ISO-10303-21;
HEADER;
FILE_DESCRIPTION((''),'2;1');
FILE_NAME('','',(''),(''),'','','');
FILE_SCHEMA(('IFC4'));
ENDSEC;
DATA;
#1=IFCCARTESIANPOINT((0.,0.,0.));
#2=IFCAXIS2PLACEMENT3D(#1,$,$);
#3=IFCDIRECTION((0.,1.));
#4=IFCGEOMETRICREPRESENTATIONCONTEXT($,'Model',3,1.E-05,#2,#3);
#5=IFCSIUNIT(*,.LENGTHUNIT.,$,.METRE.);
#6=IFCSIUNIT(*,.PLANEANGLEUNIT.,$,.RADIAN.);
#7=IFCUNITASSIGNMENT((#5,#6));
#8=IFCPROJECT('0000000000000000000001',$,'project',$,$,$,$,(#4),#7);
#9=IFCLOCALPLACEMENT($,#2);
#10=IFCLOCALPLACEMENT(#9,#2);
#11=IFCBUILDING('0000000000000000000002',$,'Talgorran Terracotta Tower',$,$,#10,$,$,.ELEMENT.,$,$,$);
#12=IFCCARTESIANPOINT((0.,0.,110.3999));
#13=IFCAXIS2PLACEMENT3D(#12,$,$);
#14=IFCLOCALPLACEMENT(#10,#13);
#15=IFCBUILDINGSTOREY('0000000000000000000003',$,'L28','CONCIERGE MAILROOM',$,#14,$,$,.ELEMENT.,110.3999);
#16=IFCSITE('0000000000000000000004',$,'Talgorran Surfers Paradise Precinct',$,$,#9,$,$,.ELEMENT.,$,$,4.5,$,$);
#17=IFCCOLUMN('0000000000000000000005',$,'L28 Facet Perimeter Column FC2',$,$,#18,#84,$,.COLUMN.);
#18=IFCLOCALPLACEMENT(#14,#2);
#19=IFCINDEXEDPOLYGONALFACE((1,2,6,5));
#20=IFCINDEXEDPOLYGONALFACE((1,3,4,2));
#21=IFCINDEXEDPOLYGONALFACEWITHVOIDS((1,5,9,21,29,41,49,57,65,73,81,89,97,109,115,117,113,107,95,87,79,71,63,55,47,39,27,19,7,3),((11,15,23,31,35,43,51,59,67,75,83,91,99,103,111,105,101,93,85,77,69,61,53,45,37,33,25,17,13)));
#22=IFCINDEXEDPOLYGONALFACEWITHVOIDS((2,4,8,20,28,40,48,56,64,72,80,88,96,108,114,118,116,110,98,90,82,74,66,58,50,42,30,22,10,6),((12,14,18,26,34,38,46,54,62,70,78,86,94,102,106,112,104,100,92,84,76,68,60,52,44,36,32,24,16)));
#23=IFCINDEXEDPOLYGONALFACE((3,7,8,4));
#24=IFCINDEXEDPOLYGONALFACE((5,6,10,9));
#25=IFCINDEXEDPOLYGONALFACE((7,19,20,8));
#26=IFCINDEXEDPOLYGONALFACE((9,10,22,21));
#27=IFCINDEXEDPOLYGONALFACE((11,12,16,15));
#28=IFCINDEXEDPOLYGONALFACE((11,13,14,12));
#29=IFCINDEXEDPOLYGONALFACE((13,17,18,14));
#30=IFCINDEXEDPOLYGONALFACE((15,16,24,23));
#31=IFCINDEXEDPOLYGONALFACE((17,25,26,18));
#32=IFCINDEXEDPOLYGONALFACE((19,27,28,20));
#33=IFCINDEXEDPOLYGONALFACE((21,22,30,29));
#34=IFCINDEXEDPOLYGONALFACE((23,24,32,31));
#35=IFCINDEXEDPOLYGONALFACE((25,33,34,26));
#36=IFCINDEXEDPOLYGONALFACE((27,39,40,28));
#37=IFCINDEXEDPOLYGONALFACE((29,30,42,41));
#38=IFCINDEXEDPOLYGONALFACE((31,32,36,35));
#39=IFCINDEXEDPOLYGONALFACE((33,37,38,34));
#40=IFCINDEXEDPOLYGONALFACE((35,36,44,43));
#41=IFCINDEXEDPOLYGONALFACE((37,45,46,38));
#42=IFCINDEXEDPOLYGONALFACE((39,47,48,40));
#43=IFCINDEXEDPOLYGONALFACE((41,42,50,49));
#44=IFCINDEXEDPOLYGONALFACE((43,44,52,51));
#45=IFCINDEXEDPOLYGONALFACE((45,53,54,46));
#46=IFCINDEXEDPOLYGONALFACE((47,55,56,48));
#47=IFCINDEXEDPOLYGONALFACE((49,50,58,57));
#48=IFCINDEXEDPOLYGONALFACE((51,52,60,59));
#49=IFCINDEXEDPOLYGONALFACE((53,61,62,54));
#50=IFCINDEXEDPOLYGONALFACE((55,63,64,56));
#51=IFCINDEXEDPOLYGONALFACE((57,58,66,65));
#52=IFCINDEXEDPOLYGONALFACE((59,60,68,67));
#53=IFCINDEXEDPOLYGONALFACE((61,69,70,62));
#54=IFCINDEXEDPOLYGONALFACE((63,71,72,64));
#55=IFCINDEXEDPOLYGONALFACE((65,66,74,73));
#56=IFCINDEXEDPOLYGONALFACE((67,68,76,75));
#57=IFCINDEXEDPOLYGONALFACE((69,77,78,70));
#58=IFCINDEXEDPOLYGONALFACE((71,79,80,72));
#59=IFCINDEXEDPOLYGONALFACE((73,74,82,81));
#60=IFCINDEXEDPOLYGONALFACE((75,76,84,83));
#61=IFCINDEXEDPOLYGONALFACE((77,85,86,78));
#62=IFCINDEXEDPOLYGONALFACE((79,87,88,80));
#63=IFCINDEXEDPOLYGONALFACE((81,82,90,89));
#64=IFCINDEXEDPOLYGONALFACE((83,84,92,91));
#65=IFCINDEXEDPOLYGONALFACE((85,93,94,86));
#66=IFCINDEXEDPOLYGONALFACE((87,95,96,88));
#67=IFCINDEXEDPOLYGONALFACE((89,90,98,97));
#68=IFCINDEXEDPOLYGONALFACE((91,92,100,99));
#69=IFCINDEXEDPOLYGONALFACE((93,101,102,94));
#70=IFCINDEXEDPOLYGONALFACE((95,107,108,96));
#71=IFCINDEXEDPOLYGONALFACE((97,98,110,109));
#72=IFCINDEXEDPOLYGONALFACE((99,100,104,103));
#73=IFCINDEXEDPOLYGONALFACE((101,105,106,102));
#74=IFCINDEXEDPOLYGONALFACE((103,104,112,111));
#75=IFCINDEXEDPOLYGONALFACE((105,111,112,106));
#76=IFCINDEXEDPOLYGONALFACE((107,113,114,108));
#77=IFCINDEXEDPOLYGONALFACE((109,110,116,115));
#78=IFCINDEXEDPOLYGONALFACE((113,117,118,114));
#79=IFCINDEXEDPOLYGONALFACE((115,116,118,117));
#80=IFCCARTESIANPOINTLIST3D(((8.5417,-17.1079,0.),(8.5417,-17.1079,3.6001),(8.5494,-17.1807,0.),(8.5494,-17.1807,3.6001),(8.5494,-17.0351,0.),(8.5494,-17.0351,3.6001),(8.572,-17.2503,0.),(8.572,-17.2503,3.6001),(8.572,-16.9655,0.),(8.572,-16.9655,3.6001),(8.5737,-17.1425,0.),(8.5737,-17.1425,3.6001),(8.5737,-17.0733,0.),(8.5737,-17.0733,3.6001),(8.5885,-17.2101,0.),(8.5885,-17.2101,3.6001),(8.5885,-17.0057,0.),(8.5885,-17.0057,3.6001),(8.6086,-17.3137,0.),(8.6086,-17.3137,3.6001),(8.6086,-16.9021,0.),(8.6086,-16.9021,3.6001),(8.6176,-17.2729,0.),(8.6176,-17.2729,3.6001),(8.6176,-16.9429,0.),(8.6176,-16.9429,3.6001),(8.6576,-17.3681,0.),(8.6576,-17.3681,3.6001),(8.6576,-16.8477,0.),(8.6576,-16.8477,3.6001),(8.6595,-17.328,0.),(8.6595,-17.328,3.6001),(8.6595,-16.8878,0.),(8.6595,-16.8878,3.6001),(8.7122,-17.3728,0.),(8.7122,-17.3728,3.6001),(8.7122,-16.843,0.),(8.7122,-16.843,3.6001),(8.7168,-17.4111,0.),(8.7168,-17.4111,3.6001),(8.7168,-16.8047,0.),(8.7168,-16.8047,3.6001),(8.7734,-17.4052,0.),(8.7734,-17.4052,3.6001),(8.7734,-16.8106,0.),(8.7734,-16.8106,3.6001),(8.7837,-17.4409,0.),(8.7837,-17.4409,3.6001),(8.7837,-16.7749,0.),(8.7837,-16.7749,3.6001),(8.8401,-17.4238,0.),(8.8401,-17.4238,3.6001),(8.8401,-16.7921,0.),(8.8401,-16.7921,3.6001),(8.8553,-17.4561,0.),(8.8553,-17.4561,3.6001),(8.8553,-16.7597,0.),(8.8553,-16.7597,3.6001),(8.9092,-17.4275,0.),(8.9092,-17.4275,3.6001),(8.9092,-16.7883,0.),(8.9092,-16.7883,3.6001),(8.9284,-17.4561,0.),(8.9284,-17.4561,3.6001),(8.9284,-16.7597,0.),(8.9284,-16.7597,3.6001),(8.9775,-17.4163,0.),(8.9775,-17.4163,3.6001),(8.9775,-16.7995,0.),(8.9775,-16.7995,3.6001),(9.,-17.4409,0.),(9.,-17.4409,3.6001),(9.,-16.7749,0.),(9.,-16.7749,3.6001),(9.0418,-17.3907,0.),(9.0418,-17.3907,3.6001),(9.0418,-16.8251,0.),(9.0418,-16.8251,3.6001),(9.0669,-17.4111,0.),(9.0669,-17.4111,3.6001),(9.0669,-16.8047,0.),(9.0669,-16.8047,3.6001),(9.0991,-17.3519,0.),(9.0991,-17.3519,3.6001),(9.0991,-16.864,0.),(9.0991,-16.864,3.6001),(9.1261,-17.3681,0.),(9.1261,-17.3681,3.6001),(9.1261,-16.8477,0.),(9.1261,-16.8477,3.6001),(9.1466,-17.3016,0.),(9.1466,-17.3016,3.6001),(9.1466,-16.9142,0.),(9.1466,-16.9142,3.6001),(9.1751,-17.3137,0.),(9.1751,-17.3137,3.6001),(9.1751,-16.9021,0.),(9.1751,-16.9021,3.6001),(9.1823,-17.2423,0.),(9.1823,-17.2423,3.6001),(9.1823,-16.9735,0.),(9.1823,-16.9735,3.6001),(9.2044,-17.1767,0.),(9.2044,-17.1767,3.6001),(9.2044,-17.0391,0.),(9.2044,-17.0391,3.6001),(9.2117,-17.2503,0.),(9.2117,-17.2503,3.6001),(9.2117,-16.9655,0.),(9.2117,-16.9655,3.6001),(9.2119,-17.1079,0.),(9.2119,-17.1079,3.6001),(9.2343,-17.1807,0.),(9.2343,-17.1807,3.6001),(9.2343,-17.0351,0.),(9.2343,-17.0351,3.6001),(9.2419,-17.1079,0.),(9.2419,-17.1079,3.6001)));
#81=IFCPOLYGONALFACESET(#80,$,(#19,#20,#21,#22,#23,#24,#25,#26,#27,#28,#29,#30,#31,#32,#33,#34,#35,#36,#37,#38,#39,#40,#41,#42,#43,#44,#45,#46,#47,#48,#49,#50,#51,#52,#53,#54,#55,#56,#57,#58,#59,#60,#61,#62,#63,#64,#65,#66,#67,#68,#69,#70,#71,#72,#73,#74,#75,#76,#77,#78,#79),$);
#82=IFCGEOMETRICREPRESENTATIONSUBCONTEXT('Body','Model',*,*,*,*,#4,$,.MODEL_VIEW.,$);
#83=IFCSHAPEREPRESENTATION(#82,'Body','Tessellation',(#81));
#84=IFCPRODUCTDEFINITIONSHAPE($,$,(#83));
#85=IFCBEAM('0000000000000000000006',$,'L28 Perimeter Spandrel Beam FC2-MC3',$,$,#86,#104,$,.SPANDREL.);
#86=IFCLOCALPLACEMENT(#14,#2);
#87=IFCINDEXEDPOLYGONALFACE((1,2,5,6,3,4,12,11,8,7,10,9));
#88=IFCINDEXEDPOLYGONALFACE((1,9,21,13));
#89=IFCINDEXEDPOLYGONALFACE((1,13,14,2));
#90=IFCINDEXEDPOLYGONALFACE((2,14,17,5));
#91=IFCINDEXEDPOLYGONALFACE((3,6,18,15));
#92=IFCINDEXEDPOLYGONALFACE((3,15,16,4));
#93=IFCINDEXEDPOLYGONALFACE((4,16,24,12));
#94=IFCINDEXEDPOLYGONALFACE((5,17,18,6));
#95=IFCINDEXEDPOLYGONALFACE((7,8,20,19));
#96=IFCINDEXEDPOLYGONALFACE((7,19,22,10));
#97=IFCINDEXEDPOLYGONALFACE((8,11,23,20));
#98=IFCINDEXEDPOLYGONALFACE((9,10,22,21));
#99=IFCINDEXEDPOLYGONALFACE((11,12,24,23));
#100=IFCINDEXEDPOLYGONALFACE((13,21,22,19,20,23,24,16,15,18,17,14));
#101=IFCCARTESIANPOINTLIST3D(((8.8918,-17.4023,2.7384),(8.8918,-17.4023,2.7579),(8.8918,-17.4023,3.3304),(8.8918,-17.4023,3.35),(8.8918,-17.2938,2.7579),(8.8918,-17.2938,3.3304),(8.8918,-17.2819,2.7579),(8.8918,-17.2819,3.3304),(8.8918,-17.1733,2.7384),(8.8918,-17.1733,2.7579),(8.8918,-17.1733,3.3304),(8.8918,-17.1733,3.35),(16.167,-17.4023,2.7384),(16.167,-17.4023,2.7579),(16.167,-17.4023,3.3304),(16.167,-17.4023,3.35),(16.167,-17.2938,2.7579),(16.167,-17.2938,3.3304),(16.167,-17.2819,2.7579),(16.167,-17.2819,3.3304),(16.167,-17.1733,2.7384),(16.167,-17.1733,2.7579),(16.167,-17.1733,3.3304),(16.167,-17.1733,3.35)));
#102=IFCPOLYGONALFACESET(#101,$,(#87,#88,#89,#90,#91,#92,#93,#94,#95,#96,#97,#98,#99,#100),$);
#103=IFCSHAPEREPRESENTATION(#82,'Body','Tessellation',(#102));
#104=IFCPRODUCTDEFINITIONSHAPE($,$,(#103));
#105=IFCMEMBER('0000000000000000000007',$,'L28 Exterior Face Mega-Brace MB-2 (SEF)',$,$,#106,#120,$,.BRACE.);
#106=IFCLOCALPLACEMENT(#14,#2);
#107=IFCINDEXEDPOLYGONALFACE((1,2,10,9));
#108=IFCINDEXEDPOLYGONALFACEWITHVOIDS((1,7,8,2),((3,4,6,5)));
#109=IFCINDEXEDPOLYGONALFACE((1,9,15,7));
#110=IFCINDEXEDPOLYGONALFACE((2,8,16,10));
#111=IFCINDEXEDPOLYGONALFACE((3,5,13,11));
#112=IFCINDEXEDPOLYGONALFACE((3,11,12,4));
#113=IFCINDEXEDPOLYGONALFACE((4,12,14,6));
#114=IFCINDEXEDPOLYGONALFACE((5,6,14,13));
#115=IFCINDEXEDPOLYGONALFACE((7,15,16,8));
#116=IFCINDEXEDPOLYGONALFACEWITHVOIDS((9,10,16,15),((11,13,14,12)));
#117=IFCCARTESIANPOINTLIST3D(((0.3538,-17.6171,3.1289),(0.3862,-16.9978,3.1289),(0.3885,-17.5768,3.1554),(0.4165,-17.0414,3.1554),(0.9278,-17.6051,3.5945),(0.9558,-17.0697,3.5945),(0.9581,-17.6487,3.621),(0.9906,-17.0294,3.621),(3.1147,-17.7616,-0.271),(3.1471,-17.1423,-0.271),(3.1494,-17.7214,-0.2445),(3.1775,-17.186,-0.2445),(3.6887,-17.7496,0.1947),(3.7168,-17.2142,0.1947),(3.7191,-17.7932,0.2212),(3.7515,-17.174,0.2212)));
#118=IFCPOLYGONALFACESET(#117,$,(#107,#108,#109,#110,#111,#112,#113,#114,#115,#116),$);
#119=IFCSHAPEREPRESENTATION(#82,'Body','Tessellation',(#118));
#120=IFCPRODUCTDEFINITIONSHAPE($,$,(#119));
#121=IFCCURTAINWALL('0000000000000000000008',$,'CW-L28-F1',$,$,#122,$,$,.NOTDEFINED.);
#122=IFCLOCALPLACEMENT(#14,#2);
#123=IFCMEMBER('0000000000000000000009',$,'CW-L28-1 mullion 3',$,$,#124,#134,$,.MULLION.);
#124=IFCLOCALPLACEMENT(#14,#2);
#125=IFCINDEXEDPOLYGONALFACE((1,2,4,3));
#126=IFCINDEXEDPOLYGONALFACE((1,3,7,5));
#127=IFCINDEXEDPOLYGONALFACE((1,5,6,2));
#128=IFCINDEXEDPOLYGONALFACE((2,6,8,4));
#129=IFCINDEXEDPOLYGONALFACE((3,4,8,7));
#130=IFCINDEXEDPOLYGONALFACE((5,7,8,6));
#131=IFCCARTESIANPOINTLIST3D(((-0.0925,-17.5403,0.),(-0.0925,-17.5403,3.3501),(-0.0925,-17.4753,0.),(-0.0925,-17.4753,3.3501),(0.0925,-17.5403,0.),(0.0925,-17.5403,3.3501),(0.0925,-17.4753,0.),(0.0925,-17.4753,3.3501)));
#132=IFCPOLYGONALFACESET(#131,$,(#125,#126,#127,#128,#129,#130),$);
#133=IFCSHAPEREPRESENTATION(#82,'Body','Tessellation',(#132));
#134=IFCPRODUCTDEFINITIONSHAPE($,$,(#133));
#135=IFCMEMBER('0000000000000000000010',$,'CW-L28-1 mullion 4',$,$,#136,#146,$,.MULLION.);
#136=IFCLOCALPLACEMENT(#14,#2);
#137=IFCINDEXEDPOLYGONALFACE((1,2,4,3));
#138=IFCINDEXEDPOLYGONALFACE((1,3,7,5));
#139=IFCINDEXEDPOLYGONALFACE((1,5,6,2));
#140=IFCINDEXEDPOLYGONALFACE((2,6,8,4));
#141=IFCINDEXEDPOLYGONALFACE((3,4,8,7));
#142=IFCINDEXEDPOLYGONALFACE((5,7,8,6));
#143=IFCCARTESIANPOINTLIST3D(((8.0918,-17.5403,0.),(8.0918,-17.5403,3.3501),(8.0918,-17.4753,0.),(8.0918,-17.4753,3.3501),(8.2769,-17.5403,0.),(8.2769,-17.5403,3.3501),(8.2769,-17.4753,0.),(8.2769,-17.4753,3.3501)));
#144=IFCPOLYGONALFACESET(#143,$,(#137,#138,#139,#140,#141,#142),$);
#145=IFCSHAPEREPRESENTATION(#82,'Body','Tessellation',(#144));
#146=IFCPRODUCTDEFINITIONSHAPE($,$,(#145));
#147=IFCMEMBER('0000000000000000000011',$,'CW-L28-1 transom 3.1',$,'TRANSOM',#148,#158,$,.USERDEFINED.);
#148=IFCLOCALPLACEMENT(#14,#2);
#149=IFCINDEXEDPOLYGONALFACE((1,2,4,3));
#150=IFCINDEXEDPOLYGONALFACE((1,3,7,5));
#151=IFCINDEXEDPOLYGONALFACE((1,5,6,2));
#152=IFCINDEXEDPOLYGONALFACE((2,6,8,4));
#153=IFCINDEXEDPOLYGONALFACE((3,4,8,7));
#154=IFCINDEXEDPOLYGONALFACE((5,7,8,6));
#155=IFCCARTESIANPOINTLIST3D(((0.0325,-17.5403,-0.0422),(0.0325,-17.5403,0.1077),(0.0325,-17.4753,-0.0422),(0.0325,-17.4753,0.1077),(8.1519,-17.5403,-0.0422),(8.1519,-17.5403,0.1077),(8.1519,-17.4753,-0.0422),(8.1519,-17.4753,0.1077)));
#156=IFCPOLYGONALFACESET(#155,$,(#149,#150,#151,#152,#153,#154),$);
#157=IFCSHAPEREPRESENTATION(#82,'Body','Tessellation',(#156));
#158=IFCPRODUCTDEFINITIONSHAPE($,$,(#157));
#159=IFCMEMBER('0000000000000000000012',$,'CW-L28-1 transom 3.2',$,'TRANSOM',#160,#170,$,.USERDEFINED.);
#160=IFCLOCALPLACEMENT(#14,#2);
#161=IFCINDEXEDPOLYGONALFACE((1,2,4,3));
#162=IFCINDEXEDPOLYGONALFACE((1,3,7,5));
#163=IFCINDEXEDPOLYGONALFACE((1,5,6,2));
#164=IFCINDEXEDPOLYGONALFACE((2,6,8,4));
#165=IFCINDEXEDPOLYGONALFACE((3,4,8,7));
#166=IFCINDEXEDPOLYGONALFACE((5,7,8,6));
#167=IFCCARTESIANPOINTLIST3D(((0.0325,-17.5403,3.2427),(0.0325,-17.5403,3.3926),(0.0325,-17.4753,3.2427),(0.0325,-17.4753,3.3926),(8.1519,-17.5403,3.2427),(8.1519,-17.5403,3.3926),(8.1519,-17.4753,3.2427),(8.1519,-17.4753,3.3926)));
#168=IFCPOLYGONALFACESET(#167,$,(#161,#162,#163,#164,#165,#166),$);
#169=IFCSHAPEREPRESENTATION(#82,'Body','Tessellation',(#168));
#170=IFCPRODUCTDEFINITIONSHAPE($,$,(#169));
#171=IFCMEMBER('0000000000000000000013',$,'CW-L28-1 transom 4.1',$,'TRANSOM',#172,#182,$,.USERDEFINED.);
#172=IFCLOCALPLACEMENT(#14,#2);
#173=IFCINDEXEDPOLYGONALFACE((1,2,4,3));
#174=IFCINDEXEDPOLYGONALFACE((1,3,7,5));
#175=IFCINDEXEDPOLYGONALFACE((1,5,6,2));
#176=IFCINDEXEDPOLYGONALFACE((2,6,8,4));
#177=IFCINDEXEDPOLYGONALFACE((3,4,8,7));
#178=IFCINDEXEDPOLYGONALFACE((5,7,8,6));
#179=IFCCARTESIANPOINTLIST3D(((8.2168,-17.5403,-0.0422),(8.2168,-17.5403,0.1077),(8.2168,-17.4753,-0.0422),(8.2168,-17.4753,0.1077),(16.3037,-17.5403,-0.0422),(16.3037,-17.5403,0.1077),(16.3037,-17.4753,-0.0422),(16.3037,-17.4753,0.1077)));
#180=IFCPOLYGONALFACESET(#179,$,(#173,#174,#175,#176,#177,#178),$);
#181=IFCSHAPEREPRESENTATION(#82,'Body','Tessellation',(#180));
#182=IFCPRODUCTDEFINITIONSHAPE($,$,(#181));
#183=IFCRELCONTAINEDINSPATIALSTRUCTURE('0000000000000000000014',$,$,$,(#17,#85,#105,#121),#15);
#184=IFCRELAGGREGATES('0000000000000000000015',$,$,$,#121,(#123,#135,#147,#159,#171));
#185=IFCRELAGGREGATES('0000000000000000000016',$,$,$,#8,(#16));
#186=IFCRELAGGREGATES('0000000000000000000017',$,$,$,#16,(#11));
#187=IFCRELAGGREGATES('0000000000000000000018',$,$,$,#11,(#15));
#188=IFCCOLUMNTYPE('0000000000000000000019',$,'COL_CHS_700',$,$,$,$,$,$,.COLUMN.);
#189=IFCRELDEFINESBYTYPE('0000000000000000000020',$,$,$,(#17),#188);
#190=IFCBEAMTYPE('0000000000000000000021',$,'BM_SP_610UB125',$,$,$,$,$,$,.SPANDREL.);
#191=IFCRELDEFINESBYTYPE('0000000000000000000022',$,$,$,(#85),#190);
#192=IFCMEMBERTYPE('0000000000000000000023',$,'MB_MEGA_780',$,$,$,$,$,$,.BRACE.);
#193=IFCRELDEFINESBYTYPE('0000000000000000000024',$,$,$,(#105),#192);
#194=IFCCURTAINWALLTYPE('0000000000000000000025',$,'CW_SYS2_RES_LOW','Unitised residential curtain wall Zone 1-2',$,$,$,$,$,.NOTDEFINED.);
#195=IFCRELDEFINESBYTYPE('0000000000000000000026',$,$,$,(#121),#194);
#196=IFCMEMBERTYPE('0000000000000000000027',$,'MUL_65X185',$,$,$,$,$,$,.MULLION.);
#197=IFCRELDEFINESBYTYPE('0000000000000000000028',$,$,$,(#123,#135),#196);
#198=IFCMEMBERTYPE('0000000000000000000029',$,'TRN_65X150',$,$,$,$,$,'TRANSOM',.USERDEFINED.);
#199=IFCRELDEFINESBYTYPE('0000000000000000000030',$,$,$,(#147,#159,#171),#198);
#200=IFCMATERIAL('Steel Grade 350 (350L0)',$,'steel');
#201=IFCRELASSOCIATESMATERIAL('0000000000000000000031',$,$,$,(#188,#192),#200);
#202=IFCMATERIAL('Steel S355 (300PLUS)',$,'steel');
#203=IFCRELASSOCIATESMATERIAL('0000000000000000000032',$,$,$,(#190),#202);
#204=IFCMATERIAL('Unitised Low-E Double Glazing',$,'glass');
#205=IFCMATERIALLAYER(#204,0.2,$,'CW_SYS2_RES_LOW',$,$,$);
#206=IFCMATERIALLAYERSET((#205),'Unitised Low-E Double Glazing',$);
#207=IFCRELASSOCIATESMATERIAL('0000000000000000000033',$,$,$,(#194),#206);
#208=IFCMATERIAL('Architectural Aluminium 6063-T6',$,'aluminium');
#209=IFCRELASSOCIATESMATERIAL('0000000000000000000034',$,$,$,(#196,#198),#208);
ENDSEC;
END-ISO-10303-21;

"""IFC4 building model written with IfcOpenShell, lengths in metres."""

from ifc_helpers import new_model, si_unit, direction, frame, origin, origin_2d, place, context, subcontext, project, spatial, rectangle, hollow_rectangle, hollow_circle, i_section, extrude, material, layer, layer_set, material_profile, profile_set, type_object, element, aggregate, save


model = new_model("IFC4")

# Units and contexts
model_context = context("Model", 3, precision=1e-05, world=origin(), true_north=direction((0.0, 1.0)))
body_context = subcontext(model_context, "Body", "Model", "MODEL_VIEW")
ifc_project = project(units=[si_unit("LENGTHUNIT", "METRE"), si_unit("PLANEANGLEUNIT", "RADIAN")], contexts=[model_context])

# Site, building, storey
site_placement = place(None, origin())
site = spatial("IfcSite", under=ifc_project, at=site_placement, Name="Talgorran Surfers Paradise Precinct", CompositionType="ELEMENT", RefElevation=4.5)
building_placement = place(site_placement, origin())
building = spatial("IfcBuilding", under=site, at=building_placement, Name="Talgorran Terracotta Tower", CompositionType="ELEMENT")
storey_placement = place(building_placement, frame((0.0, 0.0, 110.3999)))
storey = spatial("IfcBuildingStorey", under=building, at=storey_placement, Name="L28", Description="CONCIERGE MAILROOM", CompositionType="ELEMENT", Elevation=110.3999)

# Column
ifc_material_1 = material(Name="Steel Grade 350 (350L0)", Category="steel")
ifc_material_profile_1 = material_profile(ifc_material_1, hollow_circle(Radius=0.3501, WallThickness=0.03, at=origin_2d()), Name="CHS700X30")
ifc_profile_set_1 = profile_set([ifc_material_profile_1], Name="Steel Grade 350 (350L0)")
column_type = type_object("IfcColumnType", Name="COL_CHS_700", PredefinedType="COLUMN", material=ifc_profile_set_1)
column_placement = place(storey_placement, frame((8.8918, -17.1079, 0.0), z_axis=(0.0, 0.0, 1.0), x_axis=(1.0, 0.0, 0.0)))
element("IfcColumn", 1, at=column_placement, inside=storey, type_object=column_type, Name="L28 Facet Perimeter Column FC2", PredefinedType="COLUMN", context=body_context, shape_type="SweptSolid", body=[
    extrude(hollow_circle(Radius=0.3501, WallThickness=0.03, at=origin_2d()), origin(), (0.0, 0.0, 1.0), 3.6001),
])

# Beam
ifc_material_2 = material(Name="Steel S355 (300PLUS)", Category="steel")
ifc_material_profile_2 = material_profile(ifc_material_2, i_section(OverallWidth=0.229, OverallDepth=0.6116, WebThickness=0.012, FlangeThickness=0.0195, at=origin_2d()), Name="610UB125")
ifc_profile_set_2 = profile_set([ifc_material_profile_2], Name="Steel S355 (300PLUS)")
beam_type = type_object("IfcBeamType", Name="BM_SP_610UB125", PredefinedType="SPANDREL", material=ifc_profile_set_2)
beam_placement = place(storey_placement, frame((8.8918, -17.2878, 3.0442), z_axis=(1.0, 0.0, 0.0), x_axis=(0.0, 1.0, 0.0)))
element("IfcBeam", 2, at=beam_placement, inside=storey, type_object=beam_type, Name="L28 Perimeter Spandrel Beam FC2-MC3", PredefinedType="SPANDREL", context=body_context, shape_type="SweptSolid", body=[
    extrude(i_section(OverallWidth=0.229, OverallDepth=0.6116, WebThickness=0.012, FlangeThickness=0.0195, at=origin_2d()), origin(), (0.0, 0.0, 1.0), 7.2751),
])

# Member
ifc_material_profile_3 = material_profile(ifc_material_1, hollow_rectangle(XDim=0.6201, YDim=0.78, WallThickness=0.042, at=origin_2d()), Name="WBOX780X620X42")
ifc_profile_set_3 = profile_set([ifc_material_profile_3], Name="Steel Grade 350 (350L0)")
member_type_1 = type_object("IfcMemberType", Name="MB_MEGA_780", PredefinedType="BRACE", material=ifc_profile_set_3)
member_1_placement = place(storey_placement, frame((3.4331, -17.4678, -0.0249), z_axis=(-0.630052, 0.032982, 0.775852), x_axis=(-0.052276, -0.998633, 0.0)))
element("IfcMember", 3, at=member_1_placement, inside=storey, type_object=member_type_1, Name="L28 Exterior Face Mega-Brace MB-2 (SEF)", PredefinedType="BRACE", context=body_context, shape_type="SweptSolid", body=[
    extrude(hollow_rectangle(XDim=0.6201, YDim=0.78, WallThickness=0.042, at=origin_2d()), origin(), (0.0, 0.0, 1.0), 4.3821),
])

# Curtain wall, members
ifc_material_3 = material(Name="Unitised Low-E Double Glazing", Category="glass")
ifc_layer_1 = layer(ifc_material_3, 0.2, Name="CW_SYS2_RES_LOW")
ifc_layer_set_1 = layer_set([ifc_layer_1], Name="Unitised Low-E Double Glazing")
curtain_wall_type = type_object("IfcCurtainWallType", Name="CW_SYS2_RES_LOW", Description="Unitised residential curtain wall Zone 1-2", PredefinedType="NOTDEFINED", material=ifc_layer_set_1)
curtain_wall_placement = place(storey_placement, origin())
curtain_wall = element("IfcCurtainWall", 4, at=curtain_wall_placement, inside=storey, type_object=curtain_wall_type, Name="CW-L28-F1", PredefinedType="NOTDEFINED")
ifc_material_4 = material(Name="Architectural Aluminium 6063-T6", Category="aluminium")
ifc_material_profile_4 = material_profile(ifc_material_4, rectangle(XDim=0.0649, YDim=0.1851, at=origin_2d()), Name="CWM65X185")
ifc_profile_set_4 = profile_set([ifc_material_profile_4], Name="Architectural Aluminium 6063-T6")
member_type_2 = type_object("IfcMemberType", Name="MUL_65X185", PredefinedType="MULLION", material=ifc_profile_set_4)
member_2_placement = place(storey_placement, frame((0.0, -17.5078, 0.0), z_axis=(0.0, 0.0, 1.0), x_axis=(0.0, 1.0, 0.0)))
member_2 = element("IfcMember", 5, at=member_2_placement, type_object=member_type_2, Name="CW-L28-1 mullion 3", PredefinedType="MULLION", context=body_context, shape_type="SweptSolid", body=[
    extrude(rectangle(XDim=0.0649, YDim=0.1851, at=origin_2d()), origin(), (0.0, 0.0, 1.0), 3.3501),
])
member_3_placement = place(storey_placement, frame((8.1843, -17.5078, 0.0), z_axis=(0.0, 0.0, 1.0), x_axis=(0.0, 1.0, 0.0)))
member_3 = element("IfcMember", 6, at=member_3_placement, type_object=member_type_2, Name="CW-L28-1 mullion 4", PredefinedType="MULLION", context=body_context, shape_type="SweptSolid", body=[
    extrude(rectangle(XDim=0.0649, YDim=0.1851, at=origin_2d()), origin(), (0.0, 0.0, 1.0), 3.3501),
])
ifc_material_profile_5 = material_profile(ifc_material_4, rectangle(XDim=0.0649, YDim=0.1499, at=origin_2d()), Name="CWT65X150")
ifc_profile_set_5 = profile_set([ifc_material_profile_5], Name="Architectural Aluminium 6063-T6")
member_type_3 = type_object("IfcMemberType", Name="TRN_65X150", ElementType="TRANSOM", PredefinedType="USERDEFINED", material=ifc_profile_set_5)
member_4_placement = place(storey_placement, frame((0.0325, -17.5078, 0.0327), z_axis=(1.0, 0.0, 0.0), x_axis=(0.0, 1.0, 0.0)))
member_4 = element("IfcMember", 7, at=member_4_placement, type_object=member_type_3, Name="CW-L28-1 transom 3.1", ObjectType="TRANSOM", PredefinedType="USERDEFINED", context=body_context, shape_type="SweptSolid", body=[
    extrude(rectangle(XDim=0.0649, YDim=0.1499, at=origin_2d()), origin(), (0.0, 0.0, 1.0), 8.1194),
])
member_5_placement = place(storey_placement, frame((0.0325, -17.5078, 3.3176), z_axis=(1.0, 0.0, 0.0), x_axis=(0.0, 1.0, 0.0)))
member_5 = element("IfcMember", 8, at=member_5_placement, type_object=member_type_3, Name="CW-L28-1 transom 3.2", ObjectType="TRANSOM", PredefinedType="USERDEFINED", context=body_context, shape_type="SweptSolid", body=[
    extrude(rectangle(XDim=0.0649, YDim=0.1499, at=origin_2d()), origin(), (0.0, 0.0, 1.0), 8.1194),
])
member_6_placement = place(storey_placement, frame((8.2168, -17.5078, 0.0327), z_axis=(1.0, 0.0, 0.0), x_axis=(0.0, 1.0, 0.0)))
member_6 = element("IfcMember", 9, at=member_6_placement, type_object=member_type_3, Name="CW-L28-1 transom 4.1", ObjectType="TRANSOM", PredefinedType="USERDEFINED", context=body_context, shape_type="SweptSolid", body=[
    extrude(rectangle(XDim=0.0649, YDim=0.1499, at=origin_2d()), origin(), (0.0, 0.0, 1.0), 8.0869),
])

aggregate(curtain_wall, [member_2, member_3, member_4, member_5, member_6])

save(model, "model.ifc")
